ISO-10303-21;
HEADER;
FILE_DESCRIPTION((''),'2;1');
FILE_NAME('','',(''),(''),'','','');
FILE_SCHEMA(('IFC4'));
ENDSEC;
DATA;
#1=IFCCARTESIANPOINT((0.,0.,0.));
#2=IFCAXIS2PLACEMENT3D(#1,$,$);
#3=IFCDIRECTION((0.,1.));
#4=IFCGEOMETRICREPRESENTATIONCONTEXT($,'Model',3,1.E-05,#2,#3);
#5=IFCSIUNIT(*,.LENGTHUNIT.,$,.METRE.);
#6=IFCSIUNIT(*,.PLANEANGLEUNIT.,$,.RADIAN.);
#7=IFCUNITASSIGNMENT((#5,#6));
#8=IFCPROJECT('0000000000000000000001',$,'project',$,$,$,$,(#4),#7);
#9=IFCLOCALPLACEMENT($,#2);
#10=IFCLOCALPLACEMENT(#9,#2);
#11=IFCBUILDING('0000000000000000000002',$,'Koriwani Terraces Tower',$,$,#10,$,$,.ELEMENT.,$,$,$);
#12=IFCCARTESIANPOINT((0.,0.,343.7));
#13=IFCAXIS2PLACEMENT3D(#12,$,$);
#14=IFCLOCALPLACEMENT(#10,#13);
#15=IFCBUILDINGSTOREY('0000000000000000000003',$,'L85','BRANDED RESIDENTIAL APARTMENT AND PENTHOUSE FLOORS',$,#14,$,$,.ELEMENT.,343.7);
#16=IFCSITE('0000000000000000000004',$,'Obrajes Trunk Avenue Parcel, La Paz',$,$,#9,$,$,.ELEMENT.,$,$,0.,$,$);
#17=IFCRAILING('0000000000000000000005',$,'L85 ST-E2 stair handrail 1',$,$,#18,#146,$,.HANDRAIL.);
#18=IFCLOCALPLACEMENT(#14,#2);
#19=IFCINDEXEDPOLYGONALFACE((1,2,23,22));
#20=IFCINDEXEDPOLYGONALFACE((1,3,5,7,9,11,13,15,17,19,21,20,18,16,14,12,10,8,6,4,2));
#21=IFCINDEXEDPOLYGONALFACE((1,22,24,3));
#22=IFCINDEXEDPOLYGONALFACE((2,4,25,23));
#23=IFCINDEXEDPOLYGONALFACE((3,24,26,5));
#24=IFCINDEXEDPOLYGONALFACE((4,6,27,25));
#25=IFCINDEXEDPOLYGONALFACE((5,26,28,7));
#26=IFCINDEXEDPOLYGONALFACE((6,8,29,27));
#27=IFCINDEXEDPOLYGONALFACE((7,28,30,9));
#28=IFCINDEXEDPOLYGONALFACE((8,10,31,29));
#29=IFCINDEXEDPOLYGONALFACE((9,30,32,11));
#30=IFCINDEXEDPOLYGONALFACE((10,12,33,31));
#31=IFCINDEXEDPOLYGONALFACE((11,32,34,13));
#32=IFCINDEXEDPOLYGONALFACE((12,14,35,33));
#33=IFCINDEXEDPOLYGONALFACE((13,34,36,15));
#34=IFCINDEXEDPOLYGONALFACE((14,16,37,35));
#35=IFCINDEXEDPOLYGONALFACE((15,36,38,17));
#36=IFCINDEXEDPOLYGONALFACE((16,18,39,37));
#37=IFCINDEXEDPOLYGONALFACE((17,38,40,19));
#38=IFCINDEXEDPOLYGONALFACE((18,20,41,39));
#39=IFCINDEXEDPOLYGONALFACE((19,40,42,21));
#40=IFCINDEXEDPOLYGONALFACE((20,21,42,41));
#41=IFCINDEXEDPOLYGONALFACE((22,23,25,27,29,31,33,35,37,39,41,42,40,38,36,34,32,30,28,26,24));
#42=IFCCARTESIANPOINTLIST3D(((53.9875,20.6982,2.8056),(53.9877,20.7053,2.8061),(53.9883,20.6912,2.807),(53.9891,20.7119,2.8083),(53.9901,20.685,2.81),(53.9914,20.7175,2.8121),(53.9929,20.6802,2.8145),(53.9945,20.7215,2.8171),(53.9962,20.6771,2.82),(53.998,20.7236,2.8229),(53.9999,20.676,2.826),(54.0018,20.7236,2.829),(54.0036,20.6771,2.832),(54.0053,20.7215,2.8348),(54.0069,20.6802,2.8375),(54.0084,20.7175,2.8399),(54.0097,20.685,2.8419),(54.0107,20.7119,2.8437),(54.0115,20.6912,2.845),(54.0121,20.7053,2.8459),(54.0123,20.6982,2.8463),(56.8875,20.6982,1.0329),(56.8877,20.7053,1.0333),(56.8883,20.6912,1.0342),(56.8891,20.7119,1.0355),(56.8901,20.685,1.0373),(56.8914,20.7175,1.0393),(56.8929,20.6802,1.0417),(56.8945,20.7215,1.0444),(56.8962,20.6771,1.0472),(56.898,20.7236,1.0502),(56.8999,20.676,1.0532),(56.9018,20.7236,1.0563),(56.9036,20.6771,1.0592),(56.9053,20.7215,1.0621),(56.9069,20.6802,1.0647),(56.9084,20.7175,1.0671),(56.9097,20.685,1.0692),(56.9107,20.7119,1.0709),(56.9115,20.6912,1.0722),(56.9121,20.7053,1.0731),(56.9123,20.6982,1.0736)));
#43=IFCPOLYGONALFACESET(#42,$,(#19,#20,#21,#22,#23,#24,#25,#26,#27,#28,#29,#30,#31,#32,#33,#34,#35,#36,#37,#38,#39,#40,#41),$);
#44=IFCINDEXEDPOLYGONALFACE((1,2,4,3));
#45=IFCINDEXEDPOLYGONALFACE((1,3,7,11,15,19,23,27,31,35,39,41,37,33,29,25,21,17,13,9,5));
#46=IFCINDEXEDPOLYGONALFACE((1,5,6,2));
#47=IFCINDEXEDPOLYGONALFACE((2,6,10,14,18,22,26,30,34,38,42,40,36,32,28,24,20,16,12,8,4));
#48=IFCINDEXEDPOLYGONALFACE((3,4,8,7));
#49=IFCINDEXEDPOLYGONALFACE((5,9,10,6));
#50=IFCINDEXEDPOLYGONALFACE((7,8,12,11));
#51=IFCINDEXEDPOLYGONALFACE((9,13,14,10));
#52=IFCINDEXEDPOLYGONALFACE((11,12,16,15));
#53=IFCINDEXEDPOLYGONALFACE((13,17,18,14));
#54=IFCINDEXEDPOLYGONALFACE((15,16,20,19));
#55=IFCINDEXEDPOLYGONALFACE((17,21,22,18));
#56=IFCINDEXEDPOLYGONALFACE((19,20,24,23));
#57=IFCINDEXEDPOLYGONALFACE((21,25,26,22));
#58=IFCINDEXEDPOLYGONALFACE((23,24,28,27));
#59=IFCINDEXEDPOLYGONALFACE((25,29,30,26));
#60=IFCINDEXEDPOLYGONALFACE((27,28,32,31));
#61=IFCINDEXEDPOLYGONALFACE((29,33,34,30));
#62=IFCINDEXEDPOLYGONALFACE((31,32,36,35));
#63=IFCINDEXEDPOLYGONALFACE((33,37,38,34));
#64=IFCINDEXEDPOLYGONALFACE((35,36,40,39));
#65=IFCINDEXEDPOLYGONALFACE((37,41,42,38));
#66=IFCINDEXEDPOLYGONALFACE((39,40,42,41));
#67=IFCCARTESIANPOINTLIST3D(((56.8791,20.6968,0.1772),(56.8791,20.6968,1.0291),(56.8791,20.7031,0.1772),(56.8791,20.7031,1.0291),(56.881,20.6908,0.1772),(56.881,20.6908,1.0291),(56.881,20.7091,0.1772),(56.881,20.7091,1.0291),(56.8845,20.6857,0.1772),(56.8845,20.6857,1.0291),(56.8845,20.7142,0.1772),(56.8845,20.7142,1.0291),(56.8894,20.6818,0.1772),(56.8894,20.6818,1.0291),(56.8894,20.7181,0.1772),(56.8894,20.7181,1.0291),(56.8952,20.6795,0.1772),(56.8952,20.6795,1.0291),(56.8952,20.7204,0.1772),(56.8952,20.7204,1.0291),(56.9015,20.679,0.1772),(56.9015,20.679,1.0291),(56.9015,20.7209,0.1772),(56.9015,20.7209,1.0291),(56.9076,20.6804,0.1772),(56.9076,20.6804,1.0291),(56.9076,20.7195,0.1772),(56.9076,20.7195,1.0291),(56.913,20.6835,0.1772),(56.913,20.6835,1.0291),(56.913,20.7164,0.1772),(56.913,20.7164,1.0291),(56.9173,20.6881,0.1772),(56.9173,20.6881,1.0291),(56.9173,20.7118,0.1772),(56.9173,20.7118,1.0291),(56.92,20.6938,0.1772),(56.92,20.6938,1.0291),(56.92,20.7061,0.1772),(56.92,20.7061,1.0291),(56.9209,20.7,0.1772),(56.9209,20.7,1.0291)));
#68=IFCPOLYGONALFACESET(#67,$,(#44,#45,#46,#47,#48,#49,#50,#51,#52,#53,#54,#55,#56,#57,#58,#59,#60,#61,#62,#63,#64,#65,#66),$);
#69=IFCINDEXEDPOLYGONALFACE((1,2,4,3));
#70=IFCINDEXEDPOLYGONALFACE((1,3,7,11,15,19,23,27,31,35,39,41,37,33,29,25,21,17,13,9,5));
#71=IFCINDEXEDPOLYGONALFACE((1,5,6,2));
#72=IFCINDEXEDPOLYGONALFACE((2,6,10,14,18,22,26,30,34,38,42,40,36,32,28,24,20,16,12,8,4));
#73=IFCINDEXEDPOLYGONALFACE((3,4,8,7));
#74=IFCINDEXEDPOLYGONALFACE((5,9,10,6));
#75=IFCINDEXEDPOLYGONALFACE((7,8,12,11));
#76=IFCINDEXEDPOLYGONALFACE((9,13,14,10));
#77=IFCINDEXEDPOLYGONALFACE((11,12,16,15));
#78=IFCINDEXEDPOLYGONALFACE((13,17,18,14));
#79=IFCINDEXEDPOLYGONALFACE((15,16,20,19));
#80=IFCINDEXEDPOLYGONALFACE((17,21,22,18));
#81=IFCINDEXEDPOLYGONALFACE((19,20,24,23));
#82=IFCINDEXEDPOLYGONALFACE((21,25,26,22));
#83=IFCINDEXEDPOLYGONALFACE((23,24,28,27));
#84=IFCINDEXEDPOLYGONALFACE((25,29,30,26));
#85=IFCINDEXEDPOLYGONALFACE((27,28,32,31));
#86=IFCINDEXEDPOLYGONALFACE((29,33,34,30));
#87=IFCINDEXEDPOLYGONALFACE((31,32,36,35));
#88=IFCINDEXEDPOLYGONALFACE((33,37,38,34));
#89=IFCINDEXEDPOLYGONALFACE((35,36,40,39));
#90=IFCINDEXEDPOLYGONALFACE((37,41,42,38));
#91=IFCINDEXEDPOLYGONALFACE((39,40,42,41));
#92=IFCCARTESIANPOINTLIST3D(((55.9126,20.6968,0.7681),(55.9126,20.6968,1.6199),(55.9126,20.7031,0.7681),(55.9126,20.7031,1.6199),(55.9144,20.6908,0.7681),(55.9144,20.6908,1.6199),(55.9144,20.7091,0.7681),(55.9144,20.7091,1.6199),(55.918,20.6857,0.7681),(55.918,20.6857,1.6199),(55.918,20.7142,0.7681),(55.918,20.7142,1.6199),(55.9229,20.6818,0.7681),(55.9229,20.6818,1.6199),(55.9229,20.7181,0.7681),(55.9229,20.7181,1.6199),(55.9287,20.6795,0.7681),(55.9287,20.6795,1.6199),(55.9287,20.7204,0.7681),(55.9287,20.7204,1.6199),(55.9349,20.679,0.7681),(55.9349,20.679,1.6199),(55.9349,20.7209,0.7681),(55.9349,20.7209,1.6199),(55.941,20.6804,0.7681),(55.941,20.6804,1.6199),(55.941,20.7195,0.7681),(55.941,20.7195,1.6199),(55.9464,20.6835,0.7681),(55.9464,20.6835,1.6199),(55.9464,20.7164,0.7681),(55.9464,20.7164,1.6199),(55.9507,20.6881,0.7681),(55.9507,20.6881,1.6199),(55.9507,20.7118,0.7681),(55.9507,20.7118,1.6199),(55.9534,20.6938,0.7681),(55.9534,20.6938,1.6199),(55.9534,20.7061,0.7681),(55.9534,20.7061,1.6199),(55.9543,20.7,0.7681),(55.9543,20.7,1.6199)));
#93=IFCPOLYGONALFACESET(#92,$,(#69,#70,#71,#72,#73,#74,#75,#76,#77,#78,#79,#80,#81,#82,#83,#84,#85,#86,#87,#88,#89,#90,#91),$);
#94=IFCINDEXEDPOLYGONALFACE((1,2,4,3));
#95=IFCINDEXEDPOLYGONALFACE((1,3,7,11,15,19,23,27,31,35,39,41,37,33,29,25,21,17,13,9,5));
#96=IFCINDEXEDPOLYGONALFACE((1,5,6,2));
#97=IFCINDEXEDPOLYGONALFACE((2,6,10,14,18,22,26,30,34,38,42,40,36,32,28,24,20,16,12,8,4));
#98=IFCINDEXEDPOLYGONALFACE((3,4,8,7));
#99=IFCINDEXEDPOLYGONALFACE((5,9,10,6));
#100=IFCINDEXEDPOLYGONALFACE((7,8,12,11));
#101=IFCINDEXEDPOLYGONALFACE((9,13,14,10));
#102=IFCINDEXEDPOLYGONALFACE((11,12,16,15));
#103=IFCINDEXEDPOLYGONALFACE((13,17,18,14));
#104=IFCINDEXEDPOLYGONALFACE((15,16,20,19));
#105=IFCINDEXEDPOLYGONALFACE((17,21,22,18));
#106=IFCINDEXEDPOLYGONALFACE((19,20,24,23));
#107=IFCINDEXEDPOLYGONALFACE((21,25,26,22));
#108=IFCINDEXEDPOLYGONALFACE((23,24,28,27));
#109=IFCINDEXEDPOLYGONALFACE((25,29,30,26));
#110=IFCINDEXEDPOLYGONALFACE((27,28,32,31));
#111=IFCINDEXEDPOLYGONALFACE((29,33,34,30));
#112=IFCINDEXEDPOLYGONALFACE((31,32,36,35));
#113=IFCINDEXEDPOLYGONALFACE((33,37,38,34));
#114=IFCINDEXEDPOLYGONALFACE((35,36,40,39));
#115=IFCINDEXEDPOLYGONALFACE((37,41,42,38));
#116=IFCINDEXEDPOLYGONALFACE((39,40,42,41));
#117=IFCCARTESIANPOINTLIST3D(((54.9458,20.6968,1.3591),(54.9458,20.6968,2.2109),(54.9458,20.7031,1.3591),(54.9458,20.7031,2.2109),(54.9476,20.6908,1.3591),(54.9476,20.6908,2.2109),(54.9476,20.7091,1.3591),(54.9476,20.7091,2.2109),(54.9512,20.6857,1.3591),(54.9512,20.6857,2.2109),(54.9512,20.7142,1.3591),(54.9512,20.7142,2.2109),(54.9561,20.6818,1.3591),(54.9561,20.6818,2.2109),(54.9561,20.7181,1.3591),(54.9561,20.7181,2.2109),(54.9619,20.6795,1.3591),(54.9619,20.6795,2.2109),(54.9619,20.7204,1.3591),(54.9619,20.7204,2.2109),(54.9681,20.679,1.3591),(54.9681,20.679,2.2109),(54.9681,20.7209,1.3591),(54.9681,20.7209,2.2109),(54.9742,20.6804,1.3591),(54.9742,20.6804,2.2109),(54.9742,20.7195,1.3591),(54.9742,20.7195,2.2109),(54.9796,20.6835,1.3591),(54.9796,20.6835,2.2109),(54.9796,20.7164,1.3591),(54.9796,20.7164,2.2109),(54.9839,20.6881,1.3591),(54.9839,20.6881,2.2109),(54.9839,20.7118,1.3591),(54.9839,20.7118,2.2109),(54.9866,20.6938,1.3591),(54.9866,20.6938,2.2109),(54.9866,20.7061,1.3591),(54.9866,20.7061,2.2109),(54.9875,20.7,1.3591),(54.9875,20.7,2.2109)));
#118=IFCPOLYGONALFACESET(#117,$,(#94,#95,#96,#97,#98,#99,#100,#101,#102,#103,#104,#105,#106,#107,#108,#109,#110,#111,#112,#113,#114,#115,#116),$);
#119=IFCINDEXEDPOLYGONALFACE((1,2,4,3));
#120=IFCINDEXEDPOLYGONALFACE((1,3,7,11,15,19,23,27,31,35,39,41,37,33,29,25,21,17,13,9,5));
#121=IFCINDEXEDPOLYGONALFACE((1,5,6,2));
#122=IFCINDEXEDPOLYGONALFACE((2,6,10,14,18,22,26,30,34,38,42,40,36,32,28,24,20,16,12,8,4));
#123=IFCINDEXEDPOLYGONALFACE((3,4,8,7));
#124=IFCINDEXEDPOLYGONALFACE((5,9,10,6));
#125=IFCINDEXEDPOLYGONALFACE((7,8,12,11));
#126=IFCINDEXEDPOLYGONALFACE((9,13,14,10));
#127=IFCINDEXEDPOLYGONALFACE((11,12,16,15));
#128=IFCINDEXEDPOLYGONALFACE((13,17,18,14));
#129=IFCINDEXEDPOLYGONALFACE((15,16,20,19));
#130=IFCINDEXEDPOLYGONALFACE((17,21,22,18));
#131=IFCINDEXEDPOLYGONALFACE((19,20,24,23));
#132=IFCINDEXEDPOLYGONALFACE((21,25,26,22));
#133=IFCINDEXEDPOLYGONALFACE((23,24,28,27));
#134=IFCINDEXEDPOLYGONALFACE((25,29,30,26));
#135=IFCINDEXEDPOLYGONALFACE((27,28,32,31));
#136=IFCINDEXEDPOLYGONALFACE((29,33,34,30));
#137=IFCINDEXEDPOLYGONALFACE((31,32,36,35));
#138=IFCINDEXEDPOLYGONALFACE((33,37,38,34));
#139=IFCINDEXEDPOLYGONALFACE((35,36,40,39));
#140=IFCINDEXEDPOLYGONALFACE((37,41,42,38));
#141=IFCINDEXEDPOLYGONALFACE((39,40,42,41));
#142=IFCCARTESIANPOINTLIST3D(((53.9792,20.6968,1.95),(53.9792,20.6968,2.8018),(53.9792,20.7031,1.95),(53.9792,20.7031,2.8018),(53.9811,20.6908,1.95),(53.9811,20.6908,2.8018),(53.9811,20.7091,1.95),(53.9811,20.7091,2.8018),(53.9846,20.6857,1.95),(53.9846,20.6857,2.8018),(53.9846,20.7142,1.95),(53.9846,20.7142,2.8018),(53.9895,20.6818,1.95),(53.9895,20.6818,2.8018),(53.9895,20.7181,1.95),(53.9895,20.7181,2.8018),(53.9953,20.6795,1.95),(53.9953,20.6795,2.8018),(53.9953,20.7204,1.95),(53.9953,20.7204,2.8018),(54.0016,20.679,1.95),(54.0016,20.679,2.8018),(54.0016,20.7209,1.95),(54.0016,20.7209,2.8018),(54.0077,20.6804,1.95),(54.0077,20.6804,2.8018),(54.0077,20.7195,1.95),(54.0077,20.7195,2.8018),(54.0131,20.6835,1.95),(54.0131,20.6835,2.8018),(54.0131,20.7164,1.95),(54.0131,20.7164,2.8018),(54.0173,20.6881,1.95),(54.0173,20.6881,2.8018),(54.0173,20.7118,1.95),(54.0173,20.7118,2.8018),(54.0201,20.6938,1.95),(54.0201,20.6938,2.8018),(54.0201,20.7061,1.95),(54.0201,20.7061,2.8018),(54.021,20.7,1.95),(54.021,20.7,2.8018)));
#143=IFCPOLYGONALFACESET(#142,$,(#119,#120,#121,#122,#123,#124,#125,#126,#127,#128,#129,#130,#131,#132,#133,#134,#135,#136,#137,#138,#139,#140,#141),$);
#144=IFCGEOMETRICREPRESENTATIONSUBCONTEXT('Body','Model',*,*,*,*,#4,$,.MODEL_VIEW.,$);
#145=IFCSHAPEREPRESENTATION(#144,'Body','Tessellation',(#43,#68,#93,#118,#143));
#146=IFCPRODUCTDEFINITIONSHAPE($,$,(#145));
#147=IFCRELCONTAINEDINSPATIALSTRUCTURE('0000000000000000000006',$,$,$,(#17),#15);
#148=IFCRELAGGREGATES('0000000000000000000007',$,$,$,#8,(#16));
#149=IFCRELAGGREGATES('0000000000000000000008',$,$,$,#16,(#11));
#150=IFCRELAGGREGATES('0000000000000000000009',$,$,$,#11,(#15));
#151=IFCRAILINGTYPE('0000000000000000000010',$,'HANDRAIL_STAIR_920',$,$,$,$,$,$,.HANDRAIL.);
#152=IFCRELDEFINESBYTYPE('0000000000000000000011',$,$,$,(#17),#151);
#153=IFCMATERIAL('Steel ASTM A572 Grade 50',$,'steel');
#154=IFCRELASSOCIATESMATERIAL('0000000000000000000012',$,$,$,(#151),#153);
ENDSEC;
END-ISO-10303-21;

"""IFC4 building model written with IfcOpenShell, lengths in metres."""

from ifc_helpers import new_model, si_unit, direction, frame, origin, origin_2d, place, context, subcontext, project, spatial, circle, extrude, material, type_object, element, save


model = new_model("IFC4")

# Units and contexts
model_context = context("Model", 3, precision=1e-05, world=origin(), true_north=direction((0.0, 1.0)))
body_context = subcontext(model_context, "Body", "Model", "MODEL_VIEW")
ifc_project = project(units=[si_unit("LENGTHUNIT", "METRE"), si_unit("PLANEANGLEUNIT", "RADIAN")], contexts=[model_context])

# Site, building, storey
site_placement = place(None, origin())
site = spatial("IfcSite", under=ifc_project, at=site_placement, Name="Obrajes Trunk Avenue Parcel, La Paz", CompositionType="ELEMENT", RefElevation=0.0)
building_placement = place(site_placement, origin())
building = spatial("IfcBuilding", under=site, at=building_placement, Name="Koriwani Terraces Tower", CompositionType="ELEMENT")
storey_placement = place(building_placement, frame((0.0, 0.0, 343.7)))
storey = spatial("IfcBuildingStorey", under=building, at=storey_placement, Name="L85", Description="BRANDED RESIDENTIAL APARTMENT AND PENTHOUSE FLOORS", CompositionType="ELEMENT", Elevation=343.7)

# Shared definitions
ifc_material_1 = material(Name="Steel ASTM A572 Grade 50", Category="steel")

# Railing
railing_type_1 = type_object("IfcRailingType", Name="HANDRAIL_STAIR_920", PredefinedType="HANDRAIL", material=ifc_material_1)
railing_1_placement = place(storey_placement, frame((56.8999, 20.7, 0.1772)))
element("IfcRailing", 1, at=railing_1_placement, inside=storey, type_object=railing_type_1, Name="L85 ST-E2 stair handrail 1", PredefinedType="HANDRAIL", context=body_context, shape_type="SweptSolid", body=[
    extrude(circle(Radius=0.0239, at=origin_2d()), frame((0.0, 0.0, 0.876), z_axis=(-0.853211, 0.0, 0.521566), x_axis=(0.0, -1.0, 0.0)), (0.0, 0.0, 1.0), 3.3989),
    extrude(circle(Radius=0.021, at=origin_2d()), origin(), (0.0, 0.0, 1.0), 0.8518),
    extrude(circle(Radius=0.021, at=origin_2d()), frame((-0.9666, 0.0, 0.5908)), (0.0, 0.0, 1.0), 0.8518),
    extrude(circle(Radius=0.021, at=origin_2d()), frame((-1.9333, 0.0, 1.1819)), (0.0, 0.0, 1.0), 0.8518),
    extrude(circle(Radius=0.021, at=origin_2d()), frame((-2.8999, 0.0, 1.7727)), (0.0, 0.0, 1.0), 0.8518),
])

save(model, "model.ifc")
